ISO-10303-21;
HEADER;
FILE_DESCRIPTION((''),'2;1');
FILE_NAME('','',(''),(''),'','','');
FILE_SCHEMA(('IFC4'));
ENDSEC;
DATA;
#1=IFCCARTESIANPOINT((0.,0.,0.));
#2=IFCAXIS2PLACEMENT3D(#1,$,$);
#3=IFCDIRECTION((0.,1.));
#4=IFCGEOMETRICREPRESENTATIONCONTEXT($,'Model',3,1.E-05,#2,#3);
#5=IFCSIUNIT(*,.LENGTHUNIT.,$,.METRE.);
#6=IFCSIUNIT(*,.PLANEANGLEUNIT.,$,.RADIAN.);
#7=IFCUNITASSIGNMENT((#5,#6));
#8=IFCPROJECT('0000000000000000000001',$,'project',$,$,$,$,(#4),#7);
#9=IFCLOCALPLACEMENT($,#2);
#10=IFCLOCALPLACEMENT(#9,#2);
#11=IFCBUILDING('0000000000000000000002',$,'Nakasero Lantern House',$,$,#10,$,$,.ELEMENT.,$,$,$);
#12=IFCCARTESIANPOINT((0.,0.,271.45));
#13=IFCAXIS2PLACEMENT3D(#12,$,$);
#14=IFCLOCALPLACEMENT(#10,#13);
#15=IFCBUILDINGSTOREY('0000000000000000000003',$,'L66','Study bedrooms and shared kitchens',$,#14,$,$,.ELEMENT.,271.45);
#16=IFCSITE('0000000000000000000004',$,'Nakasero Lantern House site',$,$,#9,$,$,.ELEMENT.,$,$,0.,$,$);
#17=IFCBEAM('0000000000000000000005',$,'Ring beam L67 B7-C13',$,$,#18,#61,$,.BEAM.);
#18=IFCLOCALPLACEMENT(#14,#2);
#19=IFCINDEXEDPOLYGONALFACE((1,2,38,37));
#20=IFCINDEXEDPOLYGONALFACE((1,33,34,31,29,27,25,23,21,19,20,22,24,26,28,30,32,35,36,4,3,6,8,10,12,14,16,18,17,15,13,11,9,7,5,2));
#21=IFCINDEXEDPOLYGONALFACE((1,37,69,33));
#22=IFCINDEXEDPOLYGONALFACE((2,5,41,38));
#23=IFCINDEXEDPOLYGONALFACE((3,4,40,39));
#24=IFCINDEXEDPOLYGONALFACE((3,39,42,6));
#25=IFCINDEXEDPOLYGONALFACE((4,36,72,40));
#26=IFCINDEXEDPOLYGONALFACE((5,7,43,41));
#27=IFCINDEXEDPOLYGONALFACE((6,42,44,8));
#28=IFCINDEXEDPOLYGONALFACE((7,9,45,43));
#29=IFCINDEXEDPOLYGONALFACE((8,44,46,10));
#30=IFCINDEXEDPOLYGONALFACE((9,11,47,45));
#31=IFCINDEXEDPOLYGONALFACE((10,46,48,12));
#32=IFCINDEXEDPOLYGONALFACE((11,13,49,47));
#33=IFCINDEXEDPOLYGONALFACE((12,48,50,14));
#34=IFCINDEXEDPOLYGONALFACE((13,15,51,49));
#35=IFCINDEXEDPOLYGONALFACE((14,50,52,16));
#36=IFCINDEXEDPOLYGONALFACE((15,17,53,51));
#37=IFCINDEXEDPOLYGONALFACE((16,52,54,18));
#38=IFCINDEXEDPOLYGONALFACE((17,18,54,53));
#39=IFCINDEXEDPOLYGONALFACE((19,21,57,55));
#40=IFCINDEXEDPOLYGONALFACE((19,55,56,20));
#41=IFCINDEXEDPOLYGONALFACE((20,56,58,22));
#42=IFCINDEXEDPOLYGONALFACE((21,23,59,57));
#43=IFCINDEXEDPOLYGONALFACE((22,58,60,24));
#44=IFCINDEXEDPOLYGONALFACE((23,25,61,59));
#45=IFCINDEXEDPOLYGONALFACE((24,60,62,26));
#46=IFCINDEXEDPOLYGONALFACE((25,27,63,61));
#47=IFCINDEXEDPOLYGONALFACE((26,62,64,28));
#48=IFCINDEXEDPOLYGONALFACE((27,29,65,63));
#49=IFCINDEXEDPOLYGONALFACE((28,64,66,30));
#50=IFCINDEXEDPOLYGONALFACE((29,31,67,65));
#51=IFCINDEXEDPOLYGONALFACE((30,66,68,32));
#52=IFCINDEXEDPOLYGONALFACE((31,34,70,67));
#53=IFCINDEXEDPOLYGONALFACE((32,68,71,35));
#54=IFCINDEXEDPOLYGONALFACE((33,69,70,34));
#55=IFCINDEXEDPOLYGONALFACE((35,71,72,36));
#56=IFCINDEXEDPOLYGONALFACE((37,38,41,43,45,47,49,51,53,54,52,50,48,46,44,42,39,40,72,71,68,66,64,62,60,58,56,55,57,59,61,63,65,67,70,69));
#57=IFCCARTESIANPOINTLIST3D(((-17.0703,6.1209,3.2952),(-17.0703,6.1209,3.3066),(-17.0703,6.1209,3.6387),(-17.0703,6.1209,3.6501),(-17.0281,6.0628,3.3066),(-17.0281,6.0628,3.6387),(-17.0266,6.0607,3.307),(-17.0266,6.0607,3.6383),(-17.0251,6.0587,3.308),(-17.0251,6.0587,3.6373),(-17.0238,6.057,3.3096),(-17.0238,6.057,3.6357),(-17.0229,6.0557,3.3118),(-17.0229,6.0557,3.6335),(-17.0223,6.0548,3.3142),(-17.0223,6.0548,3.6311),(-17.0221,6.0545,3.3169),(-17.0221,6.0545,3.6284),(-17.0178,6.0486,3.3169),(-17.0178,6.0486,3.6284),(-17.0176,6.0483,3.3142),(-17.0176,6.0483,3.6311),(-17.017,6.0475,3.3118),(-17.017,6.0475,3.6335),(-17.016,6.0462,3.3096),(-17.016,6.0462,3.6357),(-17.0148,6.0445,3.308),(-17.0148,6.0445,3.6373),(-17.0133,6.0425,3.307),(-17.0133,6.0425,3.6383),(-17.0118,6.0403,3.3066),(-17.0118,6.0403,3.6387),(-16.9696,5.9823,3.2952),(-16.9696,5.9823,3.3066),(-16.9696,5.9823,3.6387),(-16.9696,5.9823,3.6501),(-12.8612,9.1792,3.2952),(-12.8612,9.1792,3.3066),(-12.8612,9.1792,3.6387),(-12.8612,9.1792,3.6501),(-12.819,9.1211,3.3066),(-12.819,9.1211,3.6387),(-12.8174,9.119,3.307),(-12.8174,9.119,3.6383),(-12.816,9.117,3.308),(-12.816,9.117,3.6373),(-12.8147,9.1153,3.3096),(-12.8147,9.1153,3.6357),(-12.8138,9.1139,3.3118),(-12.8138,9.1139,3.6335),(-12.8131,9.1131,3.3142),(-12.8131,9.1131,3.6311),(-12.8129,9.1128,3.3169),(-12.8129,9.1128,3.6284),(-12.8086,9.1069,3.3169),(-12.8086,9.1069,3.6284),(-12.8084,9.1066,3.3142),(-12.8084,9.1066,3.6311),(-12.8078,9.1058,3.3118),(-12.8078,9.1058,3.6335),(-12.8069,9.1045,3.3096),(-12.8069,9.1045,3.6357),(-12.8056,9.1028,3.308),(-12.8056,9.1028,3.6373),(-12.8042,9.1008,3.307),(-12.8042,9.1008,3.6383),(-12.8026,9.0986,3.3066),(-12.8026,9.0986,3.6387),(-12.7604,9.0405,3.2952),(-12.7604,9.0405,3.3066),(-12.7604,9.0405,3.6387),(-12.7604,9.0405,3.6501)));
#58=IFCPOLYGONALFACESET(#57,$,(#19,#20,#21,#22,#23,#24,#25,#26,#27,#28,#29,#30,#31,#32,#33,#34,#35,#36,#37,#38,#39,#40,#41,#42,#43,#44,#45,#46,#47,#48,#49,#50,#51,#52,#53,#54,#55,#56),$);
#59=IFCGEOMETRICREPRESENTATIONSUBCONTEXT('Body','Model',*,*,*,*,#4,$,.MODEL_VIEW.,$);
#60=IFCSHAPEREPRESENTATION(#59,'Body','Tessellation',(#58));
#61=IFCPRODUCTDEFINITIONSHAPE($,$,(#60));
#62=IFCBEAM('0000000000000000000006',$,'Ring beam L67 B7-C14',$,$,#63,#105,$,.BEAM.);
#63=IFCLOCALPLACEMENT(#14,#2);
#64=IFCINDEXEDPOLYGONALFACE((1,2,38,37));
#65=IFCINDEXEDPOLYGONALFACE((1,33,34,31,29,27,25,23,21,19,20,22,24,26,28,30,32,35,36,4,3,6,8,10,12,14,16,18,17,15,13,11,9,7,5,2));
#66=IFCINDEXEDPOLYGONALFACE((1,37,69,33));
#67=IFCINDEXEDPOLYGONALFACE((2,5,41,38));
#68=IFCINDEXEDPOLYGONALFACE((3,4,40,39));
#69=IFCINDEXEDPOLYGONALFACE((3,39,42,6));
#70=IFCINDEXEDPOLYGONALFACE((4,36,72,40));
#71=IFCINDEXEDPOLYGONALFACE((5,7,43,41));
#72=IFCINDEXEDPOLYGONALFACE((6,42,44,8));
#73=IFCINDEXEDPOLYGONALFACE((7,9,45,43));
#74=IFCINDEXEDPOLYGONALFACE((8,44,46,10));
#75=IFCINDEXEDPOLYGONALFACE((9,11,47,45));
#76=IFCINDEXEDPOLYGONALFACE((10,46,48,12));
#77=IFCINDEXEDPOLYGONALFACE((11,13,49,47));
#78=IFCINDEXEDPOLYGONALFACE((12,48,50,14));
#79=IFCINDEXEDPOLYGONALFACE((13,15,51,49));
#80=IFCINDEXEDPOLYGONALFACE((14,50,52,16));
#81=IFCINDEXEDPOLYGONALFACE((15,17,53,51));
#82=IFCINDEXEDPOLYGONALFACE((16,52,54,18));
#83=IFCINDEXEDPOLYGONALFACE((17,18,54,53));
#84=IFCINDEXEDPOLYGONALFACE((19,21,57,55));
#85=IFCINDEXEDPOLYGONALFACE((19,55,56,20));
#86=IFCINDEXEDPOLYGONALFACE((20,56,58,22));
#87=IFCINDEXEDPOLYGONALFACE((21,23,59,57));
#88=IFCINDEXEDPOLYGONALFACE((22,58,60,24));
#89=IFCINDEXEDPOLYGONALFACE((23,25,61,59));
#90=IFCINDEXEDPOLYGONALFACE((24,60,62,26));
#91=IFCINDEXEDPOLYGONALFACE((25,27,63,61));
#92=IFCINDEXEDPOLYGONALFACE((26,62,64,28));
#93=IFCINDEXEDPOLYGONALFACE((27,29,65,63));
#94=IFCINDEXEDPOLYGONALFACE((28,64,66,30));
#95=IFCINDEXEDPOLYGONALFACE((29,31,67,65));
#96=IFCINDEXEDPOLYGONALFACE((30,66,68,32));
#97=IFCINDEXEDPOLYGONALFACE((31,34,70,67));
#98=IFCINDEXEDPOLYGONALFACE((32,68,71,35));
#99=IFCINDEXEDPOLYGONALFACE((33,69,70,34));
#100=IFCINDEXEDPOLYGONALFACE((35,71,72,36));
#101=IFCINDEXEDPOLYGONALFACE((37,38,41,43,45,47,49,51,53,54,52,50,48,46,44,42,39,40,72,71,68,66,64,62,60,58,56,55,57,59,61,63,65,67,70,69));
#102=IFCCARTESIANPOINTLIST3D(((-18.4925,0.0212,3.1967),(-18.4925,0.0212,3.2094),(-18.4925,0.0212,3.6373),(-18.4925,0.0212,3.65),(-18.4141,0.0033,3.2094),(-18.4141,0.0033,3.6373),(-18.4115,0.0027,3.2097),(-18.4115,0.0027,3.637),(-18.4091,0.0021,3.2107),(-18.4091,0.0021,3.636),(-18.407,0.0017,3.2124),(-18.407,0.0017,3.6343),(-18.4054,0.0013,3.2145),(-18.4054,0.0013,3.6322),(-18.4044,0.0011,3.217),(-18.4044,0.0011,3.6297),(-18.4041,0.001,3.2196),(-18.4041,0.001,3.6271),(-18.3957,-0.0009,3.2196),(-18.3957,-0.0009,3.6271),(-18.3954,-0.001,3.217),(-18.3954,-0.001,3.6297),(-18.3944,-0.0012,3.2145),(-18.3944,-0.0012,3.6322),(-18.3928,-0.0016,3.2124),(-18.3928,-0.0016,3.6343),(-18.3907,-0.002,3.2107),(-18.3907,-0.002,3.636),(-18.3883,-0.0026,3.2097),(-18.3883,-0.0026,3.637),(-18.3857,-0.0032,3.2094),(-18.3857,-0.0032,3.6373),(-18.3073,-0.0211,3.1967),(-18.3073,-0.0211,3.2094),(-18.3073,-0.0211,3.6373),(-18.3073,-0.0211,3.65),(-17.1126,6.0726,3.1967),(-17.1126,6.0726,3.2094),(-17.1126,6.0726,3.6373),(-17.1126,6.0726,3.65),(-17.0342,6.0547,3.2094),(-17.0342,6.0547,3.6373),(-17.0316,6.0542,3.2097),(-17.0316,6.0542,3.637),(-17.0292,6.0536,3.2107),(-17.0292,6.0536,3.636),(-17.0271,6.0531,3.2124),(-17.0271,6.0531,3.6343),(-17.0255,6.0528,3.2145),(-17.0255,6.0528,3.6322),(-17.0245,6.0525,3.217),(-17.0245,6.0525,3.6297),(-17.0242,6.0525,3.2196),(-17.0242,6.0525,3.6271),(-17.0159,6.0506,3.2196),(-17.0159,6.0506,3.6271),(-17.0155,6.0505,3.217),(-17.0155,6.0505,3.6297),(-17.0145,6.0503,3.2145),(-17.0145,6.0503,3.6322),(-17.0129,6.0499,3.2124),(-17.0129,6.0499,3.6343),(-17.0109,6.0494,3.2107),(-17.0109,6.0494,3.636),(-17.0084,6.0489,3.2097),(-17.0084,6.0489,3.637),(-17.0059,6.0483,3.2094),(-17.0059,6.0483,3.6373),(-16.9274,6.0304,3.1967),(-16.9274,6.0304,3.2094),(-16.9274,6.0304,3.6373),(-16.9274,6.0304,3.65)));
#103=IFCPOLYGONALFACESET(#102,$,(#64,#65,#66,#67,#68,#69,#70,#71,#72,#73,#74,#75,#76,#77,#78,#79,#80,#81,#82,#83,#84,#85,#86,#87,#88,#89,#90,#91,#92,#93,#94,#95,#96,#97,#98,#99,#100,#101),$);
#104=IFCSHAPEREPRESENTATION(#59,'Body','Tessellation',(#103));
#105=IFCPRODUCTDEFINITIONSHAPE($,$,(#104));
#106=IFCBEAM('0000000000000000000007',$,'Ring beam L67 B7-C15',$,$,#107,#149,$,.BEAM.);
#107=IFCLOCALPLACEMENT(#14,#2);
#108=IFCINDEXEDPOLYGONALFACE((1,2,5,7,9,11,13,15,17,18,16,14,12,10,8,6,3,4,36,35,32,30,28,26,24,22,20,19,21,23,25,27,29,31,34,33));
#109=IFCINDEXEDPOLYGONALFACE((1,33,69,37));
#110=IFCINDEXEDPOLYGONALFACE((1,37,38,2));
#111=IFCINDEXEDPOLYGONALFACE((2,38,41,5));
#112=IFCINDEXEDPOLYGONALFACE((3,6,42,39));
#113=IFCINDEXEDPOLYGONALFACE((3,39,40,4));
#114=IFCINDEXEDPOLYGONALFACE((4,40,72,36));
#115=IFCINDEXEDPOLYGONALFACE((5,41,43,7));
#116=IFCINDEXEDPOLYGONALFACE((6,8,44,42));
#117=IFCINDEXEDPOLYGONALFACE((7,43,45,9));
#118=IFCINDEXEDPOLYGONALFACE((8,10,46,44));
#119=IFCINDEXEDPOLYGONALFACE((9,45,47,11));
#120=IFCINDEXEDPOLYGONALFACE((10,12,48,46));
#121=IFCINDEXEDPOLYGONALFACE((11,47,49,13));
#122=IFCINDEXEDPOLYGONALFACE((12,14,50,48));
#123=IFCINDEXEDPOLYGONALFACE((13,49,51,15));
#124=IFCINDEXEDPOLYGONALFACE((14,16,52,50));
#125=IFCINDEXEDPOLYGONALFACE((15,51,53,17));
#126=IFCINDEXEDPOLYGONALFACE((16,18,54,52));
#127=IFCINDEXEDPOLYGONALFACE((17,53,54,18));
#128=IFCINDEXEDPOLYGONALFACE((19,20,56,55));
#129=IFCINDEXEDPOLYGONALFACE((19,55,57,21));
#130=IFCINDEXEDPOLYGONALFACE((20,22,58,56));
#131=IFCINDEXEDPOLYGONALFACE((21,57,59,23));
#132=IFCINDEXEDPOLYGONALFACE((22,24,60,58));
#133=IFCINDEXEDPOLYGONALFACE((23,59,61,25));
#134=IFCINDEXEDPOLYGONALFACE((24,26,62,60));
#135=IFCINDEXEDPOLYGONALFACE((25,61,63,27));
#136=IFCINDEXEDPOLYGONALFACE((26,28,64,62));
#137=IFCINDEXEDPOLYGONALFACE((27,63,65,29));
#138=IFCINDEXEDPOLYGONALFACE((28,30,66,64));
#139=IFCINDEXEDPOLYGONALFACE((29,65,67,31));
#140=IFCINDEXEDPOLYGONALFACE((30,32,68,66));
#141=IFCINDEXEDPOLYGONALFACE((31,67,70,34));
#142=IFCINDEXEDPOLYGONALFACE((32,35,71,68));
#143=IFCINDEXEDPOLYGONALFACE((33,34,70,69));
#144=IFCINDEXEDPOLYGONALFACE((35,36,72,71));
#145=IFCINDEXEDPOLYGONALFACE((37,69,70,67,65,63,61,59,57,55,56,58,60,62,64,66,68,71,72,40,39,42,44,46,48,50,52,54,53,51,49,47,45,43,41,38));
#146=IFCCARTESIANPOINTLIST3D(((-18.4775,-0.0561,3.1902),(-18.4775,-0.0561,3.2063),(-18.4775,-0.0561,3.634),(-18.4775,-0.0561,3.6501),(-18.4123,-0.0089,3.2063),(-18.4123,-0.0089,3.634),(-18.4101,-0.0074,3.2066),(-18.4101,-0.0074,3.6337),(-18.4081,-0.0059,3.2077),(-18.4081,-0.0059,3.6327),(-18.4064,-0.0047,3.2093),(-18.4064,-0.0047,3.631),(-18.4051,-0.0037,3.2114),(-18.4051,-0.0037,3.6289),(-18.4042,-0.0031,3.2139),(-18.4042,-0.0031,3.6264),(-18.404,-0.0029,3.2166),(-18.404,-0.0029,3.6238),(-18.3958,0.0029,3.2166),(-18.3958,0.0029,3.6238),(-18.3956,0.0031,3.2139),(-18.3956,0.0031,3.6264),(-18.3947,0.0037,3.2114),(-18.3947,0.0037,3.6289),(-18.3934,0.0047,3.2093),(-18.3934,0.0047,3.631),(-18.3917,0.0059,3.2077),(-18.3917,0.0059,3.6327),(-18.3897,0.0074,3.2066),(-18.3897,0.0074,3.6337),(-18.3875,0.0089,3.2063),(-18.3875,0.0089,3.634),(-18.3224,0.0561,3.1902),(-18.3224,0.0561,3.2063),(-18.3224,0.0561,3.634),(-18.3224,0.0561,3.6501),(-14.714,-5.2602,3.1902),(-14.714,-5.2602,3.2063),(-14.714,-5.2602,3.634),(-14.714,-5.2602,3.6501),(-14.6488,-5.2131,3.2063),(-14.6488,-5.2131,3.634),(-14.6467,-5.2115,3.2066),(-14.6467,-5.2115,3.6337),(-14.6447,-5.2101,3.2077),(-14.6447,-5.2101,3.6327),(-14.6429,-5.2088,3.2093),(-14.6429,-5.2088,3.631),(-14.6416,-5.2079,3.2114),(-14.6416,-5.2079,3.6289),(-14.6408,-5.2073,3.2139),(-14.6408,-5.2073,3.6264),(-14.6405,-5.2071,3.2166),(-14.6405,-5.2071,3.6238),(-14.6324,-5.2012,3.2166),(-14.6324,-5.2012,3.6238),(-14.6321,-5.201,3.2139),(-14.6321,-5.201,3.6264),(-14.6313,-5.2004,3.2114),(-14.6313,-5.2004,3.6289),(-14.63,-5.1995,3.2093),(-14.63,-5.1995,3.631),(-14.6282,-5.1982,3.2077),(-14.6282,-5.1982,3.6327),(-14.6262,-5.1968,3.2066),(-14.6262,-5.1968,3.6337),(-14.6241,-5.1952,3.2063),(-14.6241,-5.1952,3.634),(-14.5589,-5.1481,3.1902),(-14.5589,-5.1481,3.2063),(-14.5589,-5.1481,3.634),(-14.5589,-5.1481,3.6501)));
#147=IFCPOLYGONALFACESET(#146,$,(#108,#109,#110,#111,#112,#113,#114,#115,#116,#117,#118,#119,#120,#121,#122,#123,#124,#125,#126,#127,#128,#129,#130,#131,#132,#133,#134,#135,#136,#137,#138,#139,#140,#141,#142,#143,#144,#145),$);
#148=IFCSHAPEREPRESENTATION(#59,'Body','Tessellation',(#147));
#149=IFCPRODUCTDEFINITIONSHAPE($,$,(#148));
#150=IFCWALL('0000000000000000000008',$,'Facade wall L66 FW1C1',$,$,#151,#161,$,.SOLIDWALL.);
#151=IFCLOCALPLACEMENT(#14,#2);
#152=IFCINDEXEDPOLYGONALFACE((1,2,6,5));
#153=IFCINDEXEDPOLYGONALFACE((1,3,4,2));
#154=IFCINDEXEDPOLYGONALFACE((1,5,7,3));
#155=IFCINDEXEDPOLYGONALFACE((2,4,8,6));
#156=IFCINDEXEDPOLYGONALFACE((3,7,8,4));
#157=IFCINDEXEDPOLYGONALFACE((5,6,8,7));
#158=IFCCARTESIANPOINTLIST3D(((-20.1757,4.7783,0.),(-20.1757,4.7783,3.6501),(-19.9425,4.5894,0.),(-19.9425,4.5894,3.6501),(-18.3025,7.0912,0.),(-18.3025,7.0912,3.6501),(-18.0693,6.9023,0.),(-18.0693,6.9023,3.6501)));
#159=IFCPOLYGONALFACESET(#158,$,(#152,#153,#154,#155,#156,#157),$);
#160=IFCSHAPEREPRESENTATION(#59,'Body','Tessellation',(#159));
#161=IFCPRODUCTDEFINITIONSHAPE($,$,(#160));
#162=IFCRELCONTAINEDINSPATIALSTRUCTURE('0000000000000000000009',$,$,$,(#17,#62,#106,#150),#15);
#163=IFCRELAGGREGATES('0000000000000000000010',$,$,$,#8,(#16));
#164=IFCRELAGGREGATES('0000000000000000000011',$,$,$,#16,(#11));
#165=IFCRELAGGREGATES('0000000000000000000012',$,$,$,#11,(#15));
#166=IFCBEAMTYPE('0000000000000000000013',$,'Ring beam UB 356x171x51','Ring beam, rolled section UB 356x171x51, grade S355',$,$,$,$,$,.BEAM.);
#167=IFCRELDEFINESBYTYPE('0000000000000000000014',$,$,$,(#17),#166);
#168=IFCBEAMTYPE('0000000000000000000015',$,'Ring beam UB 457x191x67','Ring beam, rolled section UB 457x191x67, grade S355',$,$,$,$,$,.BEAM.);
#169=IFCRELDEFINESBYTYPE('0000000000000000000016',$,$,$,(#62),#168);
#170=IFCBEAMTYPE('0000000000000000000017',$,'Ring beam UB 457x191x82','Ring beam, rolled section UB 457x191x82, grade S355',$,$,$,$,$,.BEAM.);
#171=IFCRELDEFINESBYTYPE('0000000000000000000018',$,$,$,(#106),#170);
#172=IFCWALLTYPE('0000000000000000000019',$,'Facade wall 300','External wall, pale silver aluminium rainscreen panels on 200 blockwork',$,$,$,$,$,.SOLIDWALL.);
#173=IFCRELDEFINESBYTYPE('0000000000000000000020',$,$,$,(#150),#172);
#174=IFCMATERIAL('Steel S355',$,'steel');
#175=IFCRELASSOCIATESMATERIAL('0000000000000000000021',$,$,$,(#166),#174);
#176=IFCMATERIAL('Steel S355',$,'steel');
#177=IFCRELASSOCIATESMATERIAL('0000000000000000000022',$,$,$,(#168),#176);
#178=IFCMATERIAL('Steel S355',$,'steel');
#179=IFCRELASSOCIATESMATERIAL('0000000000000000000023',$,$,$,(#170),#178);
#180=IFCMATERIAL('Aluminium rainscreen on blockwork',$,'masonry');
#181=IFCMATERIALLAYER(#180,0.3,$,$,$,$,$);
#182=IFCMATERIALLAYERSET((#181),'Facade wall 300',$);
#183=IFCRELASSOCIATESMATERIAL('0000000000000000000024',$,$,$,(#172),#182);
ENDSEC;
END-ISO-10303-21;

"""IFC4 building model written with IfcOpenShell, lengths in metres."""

from ifc_helpers import new_model, si_unit, direction, frame, frame_2d, origin, origin_2d, place, context, subcontext, project, spatial, rectangle, i_section, extrude, material, layer, layer_set, material_profile, profile_set, type_object, element, save


model = new_model("IFC4")

# Units and contexts
model_context = context("Model", 3, precision=1e-05, world=origin(), true_north=direction((0.0, 1.0)))
body_context = subcontext(model_context, "Body", "Model", "MODEL_VIEW")
ifc_project = project(units=[si_unit("LENGTHUNIT", "METRE"), si_unit("PLANEANGLEUNIT", "RADIAN")], contexts=[model_context])

# Site, building, storey
site_placement = place(None, origin())
site = spatial("IfcSite", under=ifc_project, at=site_placement, Name="Nakasero Lantern House site", CompositionType="ELEMENT", RefElevation=0.0)
building_placement = place(site_placement, origin())
building = spatial("IfcBuilding", under=site, at=building_placement, Name="Nakasero Lantern House", CompositionType="ELEMENT")
storey_placement = place(building_placement, frame((0.0, 0.0, 271.45)))
storey = spatial("IfcBuildingStorey", under=building, at=storey_placement, Name="L66", Description="Study bedrooms and shared kitchens", CompositionType="ELEMENT", Elevation=271.45)

# Beams
ifc_material_1 = material(Name="Steel S355", Category="steel")
ifc_material_profile_1 = material_profile(ifc_material_1, i_section(OverallWidth=0.1714, OverallDepth=0.355, WebThickness=0.0073, FlangeThickness=0.0115, FilletRadius=0.0103, at=origin_2d()), Name="UB 356x171x51")
ifc_profile_set_1 = profile_set([ifc_material_profile_1], Name="Steel S355")
beam_type_1 = type_object("IfcBeamType", Name="Ring beam UB 356x171x51", Description="Ring beam, rolled section UB 356x171x51, grade S355", PredefinedType="BEAM", material=ifc_profile_set_1)
beam_1_placement = place(storey_placement, frame((-12.8108, 9.1099, 3.4727), z_axis=(-0.809002, -0.587806, 0.0), x_axis=(0.587806, -0.809002, 0.0)))
element("IfcBeam", 1, at=beam_1_placement, inside=storey, type_object=beam_type_1, Name="Ring beam L67 B7-C13", PredefinedType="BEAM", context=body_context, shape_type="SweptSolid", body=[
    extrude(i_section(OverallWidth=0.1714, OverallDepth=0.355, WebThickness=0.0073, FlangeThickness=0.0115, FilletRadius=0.0103, at=origin_2d()), origin(), (0.0, 0.0, 1.0), 5.2029),
])
ifc_material_2 = material(Name="Steel S355", Category="steel")
ifc_material_profile_2 = material_profile(ifc_material_2, i_section(OverallWidth=0.1899, OverallDepth=0.4534, WebThickness=0.0085, FlangeThickness=0.0127, FilletRadius=0.0103, at=origin_2d()), Name="UB 457x191x67")
ifc_profile_set_2 = profile_set([ifc_material_profile_2], Name="Steel S355")
beam_type_2 = type_object("IfcBeamType", Name="Ring beam UB 457x191x67", Description="Ring beam, rolled section UB 457x191x67, grade S355", PredefinedType="BEAM", material=ifc_profile_set_2)
beam_2_placement = place(storey_placement, frame((-17.02, 6.0515, 3.4233), z_axis=(-0.222316, -0.974975, 0.0), x_axis=(0.974975, -0.222316, 0.0)))
element("IfcBeam", 2, at=beam_2_placement, inside=storey, type_object=beam_type_2, Name="Ring beam L67 B7-C14", PredefinedType="BEAM", context=body_context, shape_type="SweptSolid", body=[
    extrude(i_section(OverallWidth=0.1899, OverallDepth=0.4534, WebThickness=0.0085, FlangeThickness=0.0127, FilletRadius=0.0103, at=origin_2d()), origin(), (0.0, 0.0, 1.0), 6.2068),
])
ifc_material_3 = material(Name="Steel S355", Category="steel")
ifc_material_profile_3 = material_profile(ifc_material_3, i_section(OverallWidth=0.1914, OverallDepth=0.46, WebThickness=0.01, FlangeThickness=0.0161, FilletRadius=0.0103, at=origin_2d()), Name="UB 457x191x82")
ifc_profile_set_3 = profile_set([ifc_material_profile_3], Name="Steel S355")
beam_type_3 = type_object("IfcBeamType", Name="Ring beam UB 457x191x82", Description="Ring beam, rolled section UB 457x191x82, grade S355", PredefinedType="BEAM", material=ifc_profile_set_3)
beam_3_placement = place(storey_placement, frame((-18.3999, 0.0, 3.4202), z_axis=(0.585993, -0.810316, 0.0), x_axis=(0.810316, 0.585993, 0.0)))
element("IfcBeam", 3, at=beam_3_placement, inside=storey, type_object=beam_type_3, Name="Ring beam L67 B7-C15", PredefinedType="BEAM", context=body_context, shape_type="SweptSolid", body=[
    extrude(i_section(OverallWidth=0.1914, OverallDepth=0.46, WebThickness=0.01, FlangeThickness=0.0161, FilletRadius=0.0103, at=origin_2d()), origin(), (0.0, 0.0, 1.0), 6.4224),
])

# Wall
ifc_material_4 = material(Name="Aluminium rainscreen on blockwork", Category="masonry")
ifc_layer_1 = layer(ifc_material_4, 0.3)
ifc_layer_set_1 = layer_set([ifc_layer_1], Name="Facade wall 300")
wall_type_1 = type_object("IfcWallType", Name="Facade wall 300", Description="External wall, pale silver aluminium rainscreen panels on 200 blockwork", PredefinedType="SOLIDWALL", material=ifc_layer_set_1)
wall_1_placement = place(storey_placement, frame((-18.1858, 6.9968, 0.0), z_axis=(0.0, 0.0, 1.0), x_axis=(-0.629375, -0.777102, 0.0)))
element("IfcWall", 4, at=wall_1_placement, inside=storey, type_object=wall_type_1, Name="Facade wall L66 FW1C1", PredefinedType="SOLIDWALL", context=body_context, shape_type="SweptSolid", body=[
    extrude(rectangle(XDim=2.9763, YDim=0.3, at=frame_2d((1.4883, 0.0))), origin(), (0.0, 0.0, 1.0), 3.6501),
])

save(model, "model.ifc")
